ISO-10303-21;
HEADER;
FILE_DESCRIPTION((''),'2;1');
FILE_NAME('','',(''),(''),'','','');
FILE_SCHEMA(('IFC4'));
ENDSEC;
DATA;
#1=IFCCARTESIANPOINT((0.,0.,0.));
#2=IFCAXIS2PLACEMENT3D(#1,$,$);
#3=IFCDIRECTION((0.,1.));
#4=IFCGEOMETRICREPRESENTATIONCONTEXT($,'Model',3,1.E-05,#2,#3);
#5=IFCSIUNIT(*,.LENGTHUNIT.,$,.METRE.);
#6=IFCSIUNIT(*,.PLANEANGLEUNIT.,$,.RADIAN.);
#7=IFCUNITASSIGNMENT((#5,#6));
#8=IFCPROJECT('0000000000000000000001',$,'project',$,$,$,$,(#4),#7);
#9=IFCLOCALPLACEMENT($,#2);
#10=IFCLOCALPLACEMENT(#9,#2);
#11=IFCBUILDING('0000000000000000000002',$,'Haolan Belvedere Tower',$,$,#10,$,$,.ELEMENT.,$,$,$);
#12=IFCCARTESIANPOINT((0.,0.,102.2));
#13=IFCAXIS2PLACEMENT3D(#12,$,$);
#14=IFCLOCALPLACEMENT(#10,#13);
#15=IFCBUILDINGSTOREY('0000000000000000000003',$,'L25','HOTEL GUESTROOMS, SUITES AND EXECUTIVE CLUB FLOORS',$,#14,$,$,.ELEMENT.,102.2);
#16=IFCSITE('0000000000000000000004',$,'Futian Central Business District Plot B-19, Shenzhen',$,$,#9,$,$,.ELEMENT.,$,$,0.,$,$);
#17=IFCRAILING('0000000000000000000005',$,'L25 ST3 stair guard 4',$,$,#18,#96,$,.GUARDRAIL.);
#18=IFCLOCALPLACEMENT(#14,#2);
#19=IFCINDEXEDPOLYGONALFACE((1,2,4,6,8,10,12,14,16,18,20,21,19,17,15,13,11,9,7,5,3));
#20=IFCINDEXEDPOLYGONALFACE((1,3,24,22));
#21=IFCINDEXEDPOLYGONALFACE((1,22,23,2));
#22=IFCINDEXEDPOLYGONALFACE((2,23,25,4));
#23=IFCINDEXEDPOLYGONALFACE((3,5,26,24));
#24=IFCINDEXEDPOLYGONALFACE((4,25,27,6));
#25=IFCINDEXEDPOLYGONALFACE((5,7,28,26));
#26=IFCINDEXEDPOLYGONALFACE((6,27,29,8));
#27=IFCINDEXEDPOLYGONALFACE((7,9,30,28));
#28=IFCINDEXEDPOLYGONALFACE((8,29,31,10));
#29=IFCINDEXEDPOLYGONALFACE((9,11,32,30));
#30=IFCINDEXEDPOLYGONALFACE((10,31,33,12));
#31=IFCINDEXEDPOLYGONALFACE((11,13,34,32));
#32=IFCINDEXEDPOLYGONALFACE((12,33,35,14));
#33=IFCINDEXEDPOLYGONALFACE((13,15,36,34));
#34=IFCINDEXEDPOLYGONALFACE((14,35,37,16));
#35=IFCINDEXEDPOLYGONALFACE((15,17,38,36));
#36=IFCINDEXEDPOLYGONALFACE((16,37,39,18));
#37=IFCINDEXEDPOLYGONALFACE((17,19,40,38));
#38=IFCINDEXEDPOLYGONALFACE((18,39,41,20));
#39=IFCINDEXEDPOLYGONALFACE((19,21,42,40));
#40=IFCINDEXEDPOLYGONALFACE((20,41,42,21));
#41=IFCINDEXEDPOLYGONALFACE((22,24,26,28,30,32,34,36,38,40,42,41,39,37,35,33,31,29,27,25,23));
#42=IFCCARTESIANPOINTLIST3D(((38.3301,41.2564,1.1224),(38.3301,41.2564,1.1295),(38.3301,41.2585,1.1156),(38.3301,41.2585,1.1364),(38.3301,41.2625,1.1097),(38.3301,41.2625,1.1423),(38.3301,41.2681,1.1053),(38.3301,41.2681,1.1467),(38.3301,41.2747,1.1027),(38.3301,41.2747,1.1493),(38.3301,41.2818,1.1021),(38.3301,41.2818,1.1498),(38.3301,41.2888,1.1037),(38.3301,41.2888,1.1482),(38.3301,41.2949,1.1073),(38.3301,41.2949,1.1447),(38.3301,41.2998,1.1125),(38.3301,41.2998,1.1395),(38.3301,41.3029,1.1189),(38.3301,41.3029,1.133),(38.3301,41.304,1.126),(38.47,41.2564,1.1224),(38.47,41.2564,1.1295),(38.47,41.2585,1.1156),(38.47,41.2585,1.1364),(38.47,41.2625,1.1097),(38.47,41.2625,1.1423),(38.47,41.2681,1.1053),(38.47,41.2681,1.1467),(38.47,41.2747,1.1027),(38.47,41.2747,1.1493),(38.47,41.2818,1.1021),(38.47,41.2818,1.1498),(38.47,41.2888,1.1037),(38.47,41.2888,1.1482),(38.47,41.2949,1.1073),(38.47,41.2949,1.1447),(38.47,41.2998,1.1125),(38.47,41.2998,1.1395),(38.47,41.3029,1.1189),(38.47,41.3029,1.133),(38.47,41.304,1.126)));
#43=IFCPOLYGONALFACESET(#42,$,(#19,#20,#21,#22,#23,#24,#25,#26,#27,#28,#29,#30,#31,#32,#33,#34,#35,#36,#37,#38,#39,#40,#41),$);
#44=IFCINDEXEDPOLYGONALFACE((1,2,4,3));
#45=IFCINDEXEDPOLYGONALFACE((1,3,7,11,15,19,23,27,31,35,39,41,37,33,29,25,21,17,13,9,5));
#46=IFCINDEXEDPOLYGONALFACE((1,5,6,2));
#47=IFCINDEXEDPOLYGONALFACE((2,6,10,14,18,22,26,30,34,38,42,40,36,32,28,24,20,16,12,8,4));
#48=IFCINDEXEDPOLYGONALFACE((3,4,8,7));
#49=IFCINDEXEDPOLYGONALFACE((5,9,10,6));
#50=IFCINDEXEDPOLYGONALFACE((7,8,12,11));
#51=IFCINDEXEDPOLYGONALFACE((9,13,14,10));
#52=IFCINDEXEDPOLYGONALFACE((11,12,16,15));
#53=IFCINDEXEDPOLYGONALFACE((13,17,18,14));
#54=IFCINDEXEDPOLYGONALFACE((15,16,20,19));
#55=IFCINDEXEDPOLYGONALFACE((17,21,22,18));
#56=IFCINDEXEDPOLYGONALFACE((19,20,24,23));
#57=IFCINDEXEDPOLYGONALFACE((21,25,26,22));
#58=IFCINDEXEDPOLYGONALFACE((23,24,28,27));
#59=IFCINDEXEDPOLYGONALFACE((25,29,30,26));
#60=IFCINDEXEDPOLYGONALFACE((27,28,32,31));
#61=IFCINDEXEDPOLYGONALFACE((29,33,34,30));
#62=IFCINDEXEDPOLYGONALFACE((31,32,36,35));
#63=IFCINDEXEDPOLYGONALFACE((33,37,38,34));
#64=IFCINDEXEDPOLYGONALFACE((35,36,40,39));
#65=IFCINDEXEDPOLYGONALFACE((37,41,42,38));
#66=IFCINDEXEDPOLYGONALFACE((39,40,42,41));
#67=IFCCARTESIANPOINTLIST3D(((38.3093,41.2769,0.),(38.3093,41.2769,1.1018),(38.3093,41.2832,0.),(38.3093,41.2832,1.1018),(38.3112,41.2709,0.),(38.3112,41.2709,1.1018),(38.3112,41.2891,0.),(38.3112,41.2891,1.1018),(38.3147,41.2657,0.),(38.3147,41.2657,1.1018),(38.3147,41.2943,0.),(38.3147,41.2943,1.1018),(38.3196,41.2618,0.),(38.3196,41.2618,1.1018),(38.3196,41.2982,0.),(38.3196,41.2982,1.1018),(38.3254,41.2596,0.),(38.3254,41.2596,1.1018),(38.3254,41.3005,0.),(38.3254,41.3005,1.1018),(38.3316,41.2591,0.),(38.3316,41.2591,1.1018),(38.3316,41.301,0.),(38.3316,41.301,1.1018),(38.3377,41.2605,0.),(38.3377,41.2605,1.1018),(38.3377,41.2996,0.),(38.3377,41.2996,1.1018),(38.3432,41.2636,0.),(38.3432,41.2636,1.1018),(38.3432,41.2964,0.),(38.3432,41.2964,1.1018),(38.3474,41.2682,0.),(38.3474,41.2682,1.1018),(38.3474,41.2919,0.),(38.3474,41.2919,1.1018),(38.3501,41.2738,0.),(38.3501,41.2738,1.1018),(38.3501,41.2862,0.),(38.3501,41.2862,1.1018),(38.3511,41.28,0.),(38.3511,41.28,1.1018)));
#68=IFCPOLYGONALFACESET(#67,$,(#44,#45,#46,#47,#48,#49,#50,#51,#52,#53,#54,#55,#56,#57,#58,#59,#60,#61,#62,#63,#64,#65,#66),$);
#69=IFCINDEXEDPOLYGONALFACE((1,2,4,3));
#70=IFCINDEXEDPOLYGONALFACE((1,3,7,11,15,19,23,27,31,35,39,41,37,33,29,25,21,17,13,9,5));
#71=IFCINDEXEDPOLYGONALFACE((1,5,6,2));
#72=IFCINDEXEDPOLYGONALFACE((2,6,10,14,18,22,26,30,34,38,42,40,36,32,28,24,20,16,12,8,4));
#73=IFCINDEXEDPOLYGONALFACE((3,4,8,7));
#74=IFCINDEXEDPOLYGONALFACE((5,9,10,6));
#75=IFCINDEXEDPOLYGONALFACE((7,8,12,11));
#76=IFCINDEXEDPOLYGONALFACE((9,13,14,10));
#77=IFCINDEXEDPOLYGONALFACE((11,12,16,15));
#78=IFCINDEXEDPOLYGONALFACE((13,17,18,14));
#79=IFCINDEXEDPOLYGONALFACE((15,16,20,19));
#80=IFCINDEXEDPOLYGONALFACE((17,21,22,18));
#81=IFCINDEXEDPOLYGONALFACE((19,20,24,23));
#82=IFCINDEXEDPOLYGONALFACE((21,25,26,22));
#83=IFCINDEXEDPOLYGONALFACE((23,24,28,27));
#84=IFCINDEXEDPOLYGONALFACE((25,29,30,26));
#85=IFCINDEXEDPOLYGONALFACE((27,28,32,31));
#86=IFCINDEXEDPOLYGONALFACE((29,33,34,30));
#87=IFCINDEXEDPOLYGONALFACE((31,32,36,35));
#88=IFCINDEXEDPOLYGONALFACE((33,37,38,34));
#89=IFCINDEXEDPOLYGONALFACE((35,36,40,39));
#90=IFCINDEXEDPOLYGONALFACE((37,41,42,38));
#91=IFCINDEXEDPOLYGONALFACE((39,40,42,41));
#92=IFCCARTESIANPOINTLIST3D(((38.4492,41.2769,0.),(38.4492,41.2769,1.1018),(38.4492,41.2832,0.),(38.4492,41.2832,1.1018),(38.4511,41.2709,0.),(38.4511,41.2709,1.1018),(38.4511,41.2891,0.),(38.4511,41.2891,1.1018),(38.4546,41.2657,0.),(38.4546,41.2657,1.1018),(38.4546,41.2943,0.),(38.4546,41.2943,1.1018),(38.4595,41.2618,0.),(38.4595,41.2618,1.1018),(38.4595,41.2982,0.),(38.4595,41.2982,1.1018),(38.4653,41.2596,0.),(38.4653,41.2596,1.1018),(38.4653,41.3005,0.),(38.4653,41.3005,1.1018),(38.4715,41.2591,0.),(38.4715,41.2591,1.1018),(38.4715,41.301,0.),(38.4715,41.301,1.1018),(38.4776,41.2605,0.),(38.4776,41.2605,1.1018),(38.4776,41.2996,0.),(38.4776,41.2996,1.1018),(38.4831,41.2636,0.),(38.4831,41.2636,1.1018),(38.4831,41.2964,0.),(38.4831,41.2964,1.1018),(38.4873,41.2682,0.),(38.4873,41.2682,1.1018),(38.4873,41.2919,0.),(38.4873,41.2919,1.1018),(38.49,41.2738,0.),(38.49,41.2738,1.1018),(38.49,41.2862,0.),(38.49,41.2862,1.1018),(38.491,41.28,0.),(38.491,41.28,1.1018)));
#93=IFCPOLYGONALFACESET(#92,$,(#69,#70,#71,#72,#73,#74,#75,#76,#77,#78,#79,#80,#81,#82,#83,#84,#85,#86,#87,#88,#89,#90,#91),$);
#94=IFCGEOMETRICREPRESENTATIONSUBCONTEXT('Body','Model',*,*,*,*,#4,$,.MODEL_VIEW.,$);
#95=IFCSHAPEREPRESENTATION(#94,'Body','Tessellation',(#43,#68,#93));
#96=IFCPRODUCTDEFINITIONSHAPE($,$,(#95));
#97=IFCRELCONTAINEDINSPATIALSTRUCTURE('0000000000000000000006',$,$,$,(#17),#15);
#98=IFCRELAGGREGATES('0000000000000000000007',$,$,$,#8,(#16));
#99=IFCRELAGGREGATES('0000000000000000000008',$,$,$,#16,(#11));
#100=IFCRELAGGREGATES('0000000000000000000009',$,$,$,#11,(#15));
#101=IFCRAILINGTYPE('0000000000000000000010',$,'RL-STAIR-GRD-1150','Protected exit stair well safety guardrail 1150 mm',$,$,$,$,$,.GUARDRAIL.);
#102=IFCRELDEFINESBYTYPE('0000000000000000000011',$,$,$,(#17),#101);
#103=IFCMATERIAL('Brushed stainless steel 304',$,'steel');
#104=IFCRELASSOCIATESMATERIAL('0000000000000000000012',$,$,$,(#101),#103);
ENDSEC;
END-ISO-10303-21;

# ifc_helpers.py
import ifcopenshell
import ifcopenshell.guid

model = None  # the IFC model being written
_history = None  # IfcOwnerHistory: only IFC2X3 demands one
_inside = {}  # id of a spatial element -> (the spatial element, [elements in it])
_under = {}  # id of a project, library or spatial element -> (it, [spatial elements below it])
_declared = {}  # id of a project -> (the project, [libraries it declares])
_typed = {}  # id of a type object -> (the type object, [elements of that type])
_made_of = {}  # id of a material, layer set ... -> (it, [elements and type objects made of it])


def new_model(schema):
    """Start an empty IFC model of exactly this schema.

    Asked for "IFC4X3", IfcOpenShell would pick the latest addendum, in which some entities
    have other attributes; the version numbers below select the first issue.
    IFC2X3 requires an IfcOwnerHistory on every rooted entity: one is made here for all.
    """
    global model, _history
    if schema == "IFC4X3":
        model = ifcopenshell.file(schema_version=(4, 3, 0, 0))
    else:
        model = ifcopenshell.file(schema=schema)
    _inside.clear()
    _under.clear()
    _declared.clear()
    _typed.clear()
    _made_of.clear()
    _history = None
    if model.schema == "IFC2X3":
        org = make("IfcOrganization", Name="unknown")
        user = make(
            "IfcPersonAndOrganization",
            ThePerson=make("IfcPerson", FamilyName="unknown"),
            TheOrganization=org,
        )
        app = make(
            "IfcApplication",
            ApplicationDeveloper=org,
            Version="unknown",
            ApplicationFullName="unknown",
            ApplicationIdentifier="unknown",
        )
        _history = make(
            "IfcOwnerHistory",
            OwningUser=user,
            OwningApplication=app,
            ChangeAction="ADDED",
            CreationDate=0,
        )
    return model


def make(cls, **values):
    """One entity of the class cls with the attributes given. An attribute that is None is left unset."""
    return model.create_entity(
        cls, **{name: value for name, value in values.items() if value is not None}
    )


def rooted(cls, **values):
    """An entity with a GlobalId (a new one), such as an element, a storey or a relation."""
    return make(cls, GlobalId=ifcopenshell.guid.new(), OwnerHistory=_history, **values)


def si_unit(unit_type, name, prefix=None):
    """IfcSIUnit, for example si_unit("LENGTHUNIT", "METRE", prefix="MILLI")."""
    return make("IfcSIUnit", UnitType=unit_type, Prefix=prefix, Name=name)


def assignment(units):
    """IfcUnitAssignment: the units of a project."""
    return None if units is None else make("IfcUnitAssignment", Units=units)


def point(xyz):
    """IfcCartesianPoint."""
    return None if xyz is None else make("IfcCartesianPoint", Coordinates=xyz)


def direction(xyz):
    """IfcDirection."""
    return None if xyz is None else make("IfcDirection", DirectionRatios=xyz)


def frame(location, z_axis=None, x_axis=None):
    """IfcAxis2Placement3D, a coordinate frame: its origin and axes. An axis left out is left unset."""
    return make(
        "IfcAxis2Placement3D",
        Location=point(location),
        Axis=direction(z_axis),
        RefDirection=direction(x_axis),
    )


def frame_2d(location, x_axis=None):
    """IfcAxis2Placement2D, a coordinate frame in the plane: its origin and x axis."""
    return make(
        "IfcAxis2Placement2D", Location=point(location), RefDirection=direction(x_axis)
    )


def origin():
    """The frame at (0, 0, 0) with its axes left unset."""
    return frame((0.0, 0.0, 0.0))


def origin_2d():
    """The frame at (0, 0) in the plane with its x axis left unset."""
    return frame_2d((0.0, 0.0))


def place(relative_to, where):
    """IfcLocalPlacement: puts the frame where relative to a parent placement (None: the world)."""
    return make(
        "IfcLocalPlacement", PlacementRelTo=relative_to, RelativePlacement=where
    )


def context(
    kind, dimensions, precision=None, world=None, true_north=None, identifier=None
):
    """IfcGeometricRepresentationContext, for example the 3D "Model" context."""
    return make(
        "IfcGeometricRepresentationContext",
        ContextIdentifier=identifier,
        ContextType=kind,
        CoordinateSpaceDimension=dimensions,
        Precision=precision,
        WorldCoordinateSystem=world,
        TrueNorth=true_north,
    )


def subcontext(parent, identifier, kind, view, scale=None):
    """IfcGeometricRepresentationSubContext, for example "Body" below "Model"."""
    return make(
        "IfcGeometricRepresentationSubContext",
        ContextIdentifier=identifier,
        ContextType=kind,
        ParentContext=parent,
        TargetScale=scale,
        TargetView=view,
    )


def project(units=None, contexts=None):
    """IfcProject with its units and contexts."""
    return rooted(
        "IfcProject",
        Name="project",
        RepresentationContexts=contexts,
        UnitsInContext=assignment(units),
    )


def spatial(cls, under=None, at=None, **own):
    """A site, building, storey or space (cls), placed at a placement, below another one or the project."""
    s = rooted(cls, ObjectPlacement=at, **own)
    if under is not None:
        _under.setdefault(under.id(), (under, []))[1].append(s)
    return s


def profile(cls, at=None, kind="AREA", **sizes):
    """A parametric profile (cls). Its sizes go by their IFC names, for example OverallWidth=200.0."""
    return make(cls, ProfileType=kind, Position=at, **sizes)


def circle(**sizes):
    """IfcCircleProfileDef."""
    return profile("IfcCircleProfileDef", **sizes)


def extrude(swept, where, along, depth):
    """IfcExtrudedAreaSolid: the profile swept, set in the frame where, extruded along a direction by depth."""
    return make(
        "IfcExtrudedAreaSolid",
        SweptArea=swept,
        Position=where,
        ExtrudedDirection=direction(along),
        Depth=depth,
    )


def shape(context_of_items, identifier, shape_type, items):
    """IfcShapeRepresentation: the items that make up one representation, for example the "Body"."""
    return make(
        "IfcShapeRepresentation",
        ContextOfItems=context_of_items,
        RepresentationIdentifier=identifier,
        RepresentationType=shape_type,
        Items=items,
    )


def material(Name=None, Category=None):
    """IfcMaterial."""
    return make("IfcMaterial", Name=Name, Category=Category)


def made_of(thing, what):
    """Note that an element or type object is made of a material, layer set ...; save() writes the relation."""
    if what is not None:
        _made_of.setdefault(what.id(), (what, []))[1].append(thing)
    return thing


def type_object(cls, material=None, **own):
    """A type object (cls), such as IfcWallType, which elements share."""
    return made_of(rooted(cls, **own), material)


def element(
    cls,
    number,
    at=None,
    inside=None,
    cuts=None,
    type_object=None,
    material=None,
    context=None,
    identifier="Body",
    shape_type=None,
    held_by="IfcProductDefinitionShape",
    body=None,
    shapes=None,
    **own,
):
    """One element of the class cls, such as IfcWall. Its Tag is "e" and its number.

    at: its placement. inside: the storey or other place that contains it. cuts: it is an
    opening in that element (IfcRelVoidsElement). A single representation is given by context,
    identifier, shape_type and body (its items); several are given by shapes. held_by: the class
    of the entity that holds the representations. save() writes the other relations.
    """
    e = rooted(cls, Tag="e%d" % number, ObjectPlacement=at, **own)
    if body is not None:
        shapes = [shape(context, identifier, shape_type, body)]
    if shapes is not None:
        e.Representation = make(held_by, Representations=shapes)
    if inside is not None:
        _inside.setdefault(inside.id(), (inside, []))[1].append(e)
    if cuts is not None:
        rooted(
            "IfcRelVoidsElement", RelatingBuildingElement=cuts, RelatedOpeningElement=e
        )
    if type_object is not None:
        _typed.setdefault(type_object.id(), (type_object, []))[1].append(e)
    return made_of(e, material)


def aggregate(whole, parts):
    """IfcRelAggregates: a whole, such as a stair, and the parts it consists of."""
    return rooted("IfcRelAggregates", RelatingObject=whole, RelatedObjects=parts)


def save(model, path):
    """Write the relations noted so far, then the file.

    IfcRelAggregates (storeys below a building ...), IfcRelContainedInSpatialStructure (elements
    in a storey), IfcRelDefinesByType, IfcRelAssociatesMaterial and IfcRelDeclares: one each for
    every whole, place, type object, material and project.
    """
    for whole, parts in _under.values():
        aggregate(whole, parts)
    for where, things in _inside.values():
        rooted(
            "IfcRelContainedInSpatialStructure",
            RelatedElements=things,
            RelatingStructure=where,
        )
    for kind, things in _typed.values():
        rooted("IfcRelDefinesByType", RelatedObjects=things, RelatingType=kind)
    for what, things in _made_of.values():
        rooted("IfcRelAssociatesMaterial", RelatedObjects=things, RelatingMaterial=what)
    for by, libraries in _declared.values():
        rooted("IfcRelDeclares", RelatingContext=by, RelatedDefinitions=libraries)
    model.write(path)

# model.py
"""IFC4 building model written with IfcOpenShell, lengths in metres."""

from ifc_helpers import new_model, si_unit, direction, frame, origin, origin_2d, place, context, subcontext, project, spatial, circle, extrude, material, type_object, element, save


model = new_model("IFC4")

# Units and contexts
model_context = context("Model", 3, precision=1e-05, world=origin(), true_north=direction((0.0, 1.0)))
body_context = subcontext(model_context, "Body", "Model", "MODEL_VIEW")
ifc_project = project(units=[si_unit("LENGTHUNIT", "METRE"), si_unit("PLANEANGLEUNIT", "RADIAN")], contexts=[model_context])

# Site, building, storey
site_placement = place(None, origin())
site = spatial("IfcSite", under=ifc_project, at=site_placement, Name="Futian Central Business District Plot B-19, Shenzhen", CompositionType="ELEMENT", RefElevation=0.0)
building_placement = place(site_placement, origin())
building = spatial("IfcBuilding", under=site, at=building_placement, Name="Haolan Belvedere Tower", CompositionType="ELEMENT")
storey_placement = place(building_placement, frame((0.0, 0.0, 102.2)))
storey = spatial("IfcBuildingStorey", under=building, at=storey_placement, Name="L25", Description="HOTEL GUESTROOMS, SUITES AND EXECUTIVE CLUB FLOORS", CompositionType="ELEMENT", Elevation=102.2)

# Railing
ifc_material_1 = material(Name="Brushed stainless steel 304", Category="steel")
railing_type_1 = type_object("IfcRailingType", Name="RL-STAIR-GRD-1150", Description="Protected exit stair well safety guardrail 1150 mm", PredefinedType="GUARDRAIL", material=ifc_material_1)
railing_1_placement = place(storey_placement, frame((38.3301, 41.28, 0.0)))
element("IfcRailing", 1, at=railing_1_placement, inside=storey, type_object=railing_type_1, Name="L25 ST3 stair guard 4", PredefinedType="GUARDRAIL", context=body_context, shape_type="SweptSolid", body=[
    extrude(circle(Radius=0.0239, at=origin_2d()), frame((0.0, 0.0, 1.126), z_axis=(1.0, 0.0, 0.0), x_axis=(0.0, 1.0, 0.0)), (0.0, 0.0, 1.0), 0.1399),
    extrude(circle(Radius=0.021, at=origin_2d()), origin(), (0.0, 0.0, 1.0), 1.1018),
    extrude(circle(Radius=0.021, at=origin_2d()), frame((0.1399, 0.0, 0.0)), (0.0, 0.0, 1.0), 1.1018),
])

save(model, "model.ifc")
